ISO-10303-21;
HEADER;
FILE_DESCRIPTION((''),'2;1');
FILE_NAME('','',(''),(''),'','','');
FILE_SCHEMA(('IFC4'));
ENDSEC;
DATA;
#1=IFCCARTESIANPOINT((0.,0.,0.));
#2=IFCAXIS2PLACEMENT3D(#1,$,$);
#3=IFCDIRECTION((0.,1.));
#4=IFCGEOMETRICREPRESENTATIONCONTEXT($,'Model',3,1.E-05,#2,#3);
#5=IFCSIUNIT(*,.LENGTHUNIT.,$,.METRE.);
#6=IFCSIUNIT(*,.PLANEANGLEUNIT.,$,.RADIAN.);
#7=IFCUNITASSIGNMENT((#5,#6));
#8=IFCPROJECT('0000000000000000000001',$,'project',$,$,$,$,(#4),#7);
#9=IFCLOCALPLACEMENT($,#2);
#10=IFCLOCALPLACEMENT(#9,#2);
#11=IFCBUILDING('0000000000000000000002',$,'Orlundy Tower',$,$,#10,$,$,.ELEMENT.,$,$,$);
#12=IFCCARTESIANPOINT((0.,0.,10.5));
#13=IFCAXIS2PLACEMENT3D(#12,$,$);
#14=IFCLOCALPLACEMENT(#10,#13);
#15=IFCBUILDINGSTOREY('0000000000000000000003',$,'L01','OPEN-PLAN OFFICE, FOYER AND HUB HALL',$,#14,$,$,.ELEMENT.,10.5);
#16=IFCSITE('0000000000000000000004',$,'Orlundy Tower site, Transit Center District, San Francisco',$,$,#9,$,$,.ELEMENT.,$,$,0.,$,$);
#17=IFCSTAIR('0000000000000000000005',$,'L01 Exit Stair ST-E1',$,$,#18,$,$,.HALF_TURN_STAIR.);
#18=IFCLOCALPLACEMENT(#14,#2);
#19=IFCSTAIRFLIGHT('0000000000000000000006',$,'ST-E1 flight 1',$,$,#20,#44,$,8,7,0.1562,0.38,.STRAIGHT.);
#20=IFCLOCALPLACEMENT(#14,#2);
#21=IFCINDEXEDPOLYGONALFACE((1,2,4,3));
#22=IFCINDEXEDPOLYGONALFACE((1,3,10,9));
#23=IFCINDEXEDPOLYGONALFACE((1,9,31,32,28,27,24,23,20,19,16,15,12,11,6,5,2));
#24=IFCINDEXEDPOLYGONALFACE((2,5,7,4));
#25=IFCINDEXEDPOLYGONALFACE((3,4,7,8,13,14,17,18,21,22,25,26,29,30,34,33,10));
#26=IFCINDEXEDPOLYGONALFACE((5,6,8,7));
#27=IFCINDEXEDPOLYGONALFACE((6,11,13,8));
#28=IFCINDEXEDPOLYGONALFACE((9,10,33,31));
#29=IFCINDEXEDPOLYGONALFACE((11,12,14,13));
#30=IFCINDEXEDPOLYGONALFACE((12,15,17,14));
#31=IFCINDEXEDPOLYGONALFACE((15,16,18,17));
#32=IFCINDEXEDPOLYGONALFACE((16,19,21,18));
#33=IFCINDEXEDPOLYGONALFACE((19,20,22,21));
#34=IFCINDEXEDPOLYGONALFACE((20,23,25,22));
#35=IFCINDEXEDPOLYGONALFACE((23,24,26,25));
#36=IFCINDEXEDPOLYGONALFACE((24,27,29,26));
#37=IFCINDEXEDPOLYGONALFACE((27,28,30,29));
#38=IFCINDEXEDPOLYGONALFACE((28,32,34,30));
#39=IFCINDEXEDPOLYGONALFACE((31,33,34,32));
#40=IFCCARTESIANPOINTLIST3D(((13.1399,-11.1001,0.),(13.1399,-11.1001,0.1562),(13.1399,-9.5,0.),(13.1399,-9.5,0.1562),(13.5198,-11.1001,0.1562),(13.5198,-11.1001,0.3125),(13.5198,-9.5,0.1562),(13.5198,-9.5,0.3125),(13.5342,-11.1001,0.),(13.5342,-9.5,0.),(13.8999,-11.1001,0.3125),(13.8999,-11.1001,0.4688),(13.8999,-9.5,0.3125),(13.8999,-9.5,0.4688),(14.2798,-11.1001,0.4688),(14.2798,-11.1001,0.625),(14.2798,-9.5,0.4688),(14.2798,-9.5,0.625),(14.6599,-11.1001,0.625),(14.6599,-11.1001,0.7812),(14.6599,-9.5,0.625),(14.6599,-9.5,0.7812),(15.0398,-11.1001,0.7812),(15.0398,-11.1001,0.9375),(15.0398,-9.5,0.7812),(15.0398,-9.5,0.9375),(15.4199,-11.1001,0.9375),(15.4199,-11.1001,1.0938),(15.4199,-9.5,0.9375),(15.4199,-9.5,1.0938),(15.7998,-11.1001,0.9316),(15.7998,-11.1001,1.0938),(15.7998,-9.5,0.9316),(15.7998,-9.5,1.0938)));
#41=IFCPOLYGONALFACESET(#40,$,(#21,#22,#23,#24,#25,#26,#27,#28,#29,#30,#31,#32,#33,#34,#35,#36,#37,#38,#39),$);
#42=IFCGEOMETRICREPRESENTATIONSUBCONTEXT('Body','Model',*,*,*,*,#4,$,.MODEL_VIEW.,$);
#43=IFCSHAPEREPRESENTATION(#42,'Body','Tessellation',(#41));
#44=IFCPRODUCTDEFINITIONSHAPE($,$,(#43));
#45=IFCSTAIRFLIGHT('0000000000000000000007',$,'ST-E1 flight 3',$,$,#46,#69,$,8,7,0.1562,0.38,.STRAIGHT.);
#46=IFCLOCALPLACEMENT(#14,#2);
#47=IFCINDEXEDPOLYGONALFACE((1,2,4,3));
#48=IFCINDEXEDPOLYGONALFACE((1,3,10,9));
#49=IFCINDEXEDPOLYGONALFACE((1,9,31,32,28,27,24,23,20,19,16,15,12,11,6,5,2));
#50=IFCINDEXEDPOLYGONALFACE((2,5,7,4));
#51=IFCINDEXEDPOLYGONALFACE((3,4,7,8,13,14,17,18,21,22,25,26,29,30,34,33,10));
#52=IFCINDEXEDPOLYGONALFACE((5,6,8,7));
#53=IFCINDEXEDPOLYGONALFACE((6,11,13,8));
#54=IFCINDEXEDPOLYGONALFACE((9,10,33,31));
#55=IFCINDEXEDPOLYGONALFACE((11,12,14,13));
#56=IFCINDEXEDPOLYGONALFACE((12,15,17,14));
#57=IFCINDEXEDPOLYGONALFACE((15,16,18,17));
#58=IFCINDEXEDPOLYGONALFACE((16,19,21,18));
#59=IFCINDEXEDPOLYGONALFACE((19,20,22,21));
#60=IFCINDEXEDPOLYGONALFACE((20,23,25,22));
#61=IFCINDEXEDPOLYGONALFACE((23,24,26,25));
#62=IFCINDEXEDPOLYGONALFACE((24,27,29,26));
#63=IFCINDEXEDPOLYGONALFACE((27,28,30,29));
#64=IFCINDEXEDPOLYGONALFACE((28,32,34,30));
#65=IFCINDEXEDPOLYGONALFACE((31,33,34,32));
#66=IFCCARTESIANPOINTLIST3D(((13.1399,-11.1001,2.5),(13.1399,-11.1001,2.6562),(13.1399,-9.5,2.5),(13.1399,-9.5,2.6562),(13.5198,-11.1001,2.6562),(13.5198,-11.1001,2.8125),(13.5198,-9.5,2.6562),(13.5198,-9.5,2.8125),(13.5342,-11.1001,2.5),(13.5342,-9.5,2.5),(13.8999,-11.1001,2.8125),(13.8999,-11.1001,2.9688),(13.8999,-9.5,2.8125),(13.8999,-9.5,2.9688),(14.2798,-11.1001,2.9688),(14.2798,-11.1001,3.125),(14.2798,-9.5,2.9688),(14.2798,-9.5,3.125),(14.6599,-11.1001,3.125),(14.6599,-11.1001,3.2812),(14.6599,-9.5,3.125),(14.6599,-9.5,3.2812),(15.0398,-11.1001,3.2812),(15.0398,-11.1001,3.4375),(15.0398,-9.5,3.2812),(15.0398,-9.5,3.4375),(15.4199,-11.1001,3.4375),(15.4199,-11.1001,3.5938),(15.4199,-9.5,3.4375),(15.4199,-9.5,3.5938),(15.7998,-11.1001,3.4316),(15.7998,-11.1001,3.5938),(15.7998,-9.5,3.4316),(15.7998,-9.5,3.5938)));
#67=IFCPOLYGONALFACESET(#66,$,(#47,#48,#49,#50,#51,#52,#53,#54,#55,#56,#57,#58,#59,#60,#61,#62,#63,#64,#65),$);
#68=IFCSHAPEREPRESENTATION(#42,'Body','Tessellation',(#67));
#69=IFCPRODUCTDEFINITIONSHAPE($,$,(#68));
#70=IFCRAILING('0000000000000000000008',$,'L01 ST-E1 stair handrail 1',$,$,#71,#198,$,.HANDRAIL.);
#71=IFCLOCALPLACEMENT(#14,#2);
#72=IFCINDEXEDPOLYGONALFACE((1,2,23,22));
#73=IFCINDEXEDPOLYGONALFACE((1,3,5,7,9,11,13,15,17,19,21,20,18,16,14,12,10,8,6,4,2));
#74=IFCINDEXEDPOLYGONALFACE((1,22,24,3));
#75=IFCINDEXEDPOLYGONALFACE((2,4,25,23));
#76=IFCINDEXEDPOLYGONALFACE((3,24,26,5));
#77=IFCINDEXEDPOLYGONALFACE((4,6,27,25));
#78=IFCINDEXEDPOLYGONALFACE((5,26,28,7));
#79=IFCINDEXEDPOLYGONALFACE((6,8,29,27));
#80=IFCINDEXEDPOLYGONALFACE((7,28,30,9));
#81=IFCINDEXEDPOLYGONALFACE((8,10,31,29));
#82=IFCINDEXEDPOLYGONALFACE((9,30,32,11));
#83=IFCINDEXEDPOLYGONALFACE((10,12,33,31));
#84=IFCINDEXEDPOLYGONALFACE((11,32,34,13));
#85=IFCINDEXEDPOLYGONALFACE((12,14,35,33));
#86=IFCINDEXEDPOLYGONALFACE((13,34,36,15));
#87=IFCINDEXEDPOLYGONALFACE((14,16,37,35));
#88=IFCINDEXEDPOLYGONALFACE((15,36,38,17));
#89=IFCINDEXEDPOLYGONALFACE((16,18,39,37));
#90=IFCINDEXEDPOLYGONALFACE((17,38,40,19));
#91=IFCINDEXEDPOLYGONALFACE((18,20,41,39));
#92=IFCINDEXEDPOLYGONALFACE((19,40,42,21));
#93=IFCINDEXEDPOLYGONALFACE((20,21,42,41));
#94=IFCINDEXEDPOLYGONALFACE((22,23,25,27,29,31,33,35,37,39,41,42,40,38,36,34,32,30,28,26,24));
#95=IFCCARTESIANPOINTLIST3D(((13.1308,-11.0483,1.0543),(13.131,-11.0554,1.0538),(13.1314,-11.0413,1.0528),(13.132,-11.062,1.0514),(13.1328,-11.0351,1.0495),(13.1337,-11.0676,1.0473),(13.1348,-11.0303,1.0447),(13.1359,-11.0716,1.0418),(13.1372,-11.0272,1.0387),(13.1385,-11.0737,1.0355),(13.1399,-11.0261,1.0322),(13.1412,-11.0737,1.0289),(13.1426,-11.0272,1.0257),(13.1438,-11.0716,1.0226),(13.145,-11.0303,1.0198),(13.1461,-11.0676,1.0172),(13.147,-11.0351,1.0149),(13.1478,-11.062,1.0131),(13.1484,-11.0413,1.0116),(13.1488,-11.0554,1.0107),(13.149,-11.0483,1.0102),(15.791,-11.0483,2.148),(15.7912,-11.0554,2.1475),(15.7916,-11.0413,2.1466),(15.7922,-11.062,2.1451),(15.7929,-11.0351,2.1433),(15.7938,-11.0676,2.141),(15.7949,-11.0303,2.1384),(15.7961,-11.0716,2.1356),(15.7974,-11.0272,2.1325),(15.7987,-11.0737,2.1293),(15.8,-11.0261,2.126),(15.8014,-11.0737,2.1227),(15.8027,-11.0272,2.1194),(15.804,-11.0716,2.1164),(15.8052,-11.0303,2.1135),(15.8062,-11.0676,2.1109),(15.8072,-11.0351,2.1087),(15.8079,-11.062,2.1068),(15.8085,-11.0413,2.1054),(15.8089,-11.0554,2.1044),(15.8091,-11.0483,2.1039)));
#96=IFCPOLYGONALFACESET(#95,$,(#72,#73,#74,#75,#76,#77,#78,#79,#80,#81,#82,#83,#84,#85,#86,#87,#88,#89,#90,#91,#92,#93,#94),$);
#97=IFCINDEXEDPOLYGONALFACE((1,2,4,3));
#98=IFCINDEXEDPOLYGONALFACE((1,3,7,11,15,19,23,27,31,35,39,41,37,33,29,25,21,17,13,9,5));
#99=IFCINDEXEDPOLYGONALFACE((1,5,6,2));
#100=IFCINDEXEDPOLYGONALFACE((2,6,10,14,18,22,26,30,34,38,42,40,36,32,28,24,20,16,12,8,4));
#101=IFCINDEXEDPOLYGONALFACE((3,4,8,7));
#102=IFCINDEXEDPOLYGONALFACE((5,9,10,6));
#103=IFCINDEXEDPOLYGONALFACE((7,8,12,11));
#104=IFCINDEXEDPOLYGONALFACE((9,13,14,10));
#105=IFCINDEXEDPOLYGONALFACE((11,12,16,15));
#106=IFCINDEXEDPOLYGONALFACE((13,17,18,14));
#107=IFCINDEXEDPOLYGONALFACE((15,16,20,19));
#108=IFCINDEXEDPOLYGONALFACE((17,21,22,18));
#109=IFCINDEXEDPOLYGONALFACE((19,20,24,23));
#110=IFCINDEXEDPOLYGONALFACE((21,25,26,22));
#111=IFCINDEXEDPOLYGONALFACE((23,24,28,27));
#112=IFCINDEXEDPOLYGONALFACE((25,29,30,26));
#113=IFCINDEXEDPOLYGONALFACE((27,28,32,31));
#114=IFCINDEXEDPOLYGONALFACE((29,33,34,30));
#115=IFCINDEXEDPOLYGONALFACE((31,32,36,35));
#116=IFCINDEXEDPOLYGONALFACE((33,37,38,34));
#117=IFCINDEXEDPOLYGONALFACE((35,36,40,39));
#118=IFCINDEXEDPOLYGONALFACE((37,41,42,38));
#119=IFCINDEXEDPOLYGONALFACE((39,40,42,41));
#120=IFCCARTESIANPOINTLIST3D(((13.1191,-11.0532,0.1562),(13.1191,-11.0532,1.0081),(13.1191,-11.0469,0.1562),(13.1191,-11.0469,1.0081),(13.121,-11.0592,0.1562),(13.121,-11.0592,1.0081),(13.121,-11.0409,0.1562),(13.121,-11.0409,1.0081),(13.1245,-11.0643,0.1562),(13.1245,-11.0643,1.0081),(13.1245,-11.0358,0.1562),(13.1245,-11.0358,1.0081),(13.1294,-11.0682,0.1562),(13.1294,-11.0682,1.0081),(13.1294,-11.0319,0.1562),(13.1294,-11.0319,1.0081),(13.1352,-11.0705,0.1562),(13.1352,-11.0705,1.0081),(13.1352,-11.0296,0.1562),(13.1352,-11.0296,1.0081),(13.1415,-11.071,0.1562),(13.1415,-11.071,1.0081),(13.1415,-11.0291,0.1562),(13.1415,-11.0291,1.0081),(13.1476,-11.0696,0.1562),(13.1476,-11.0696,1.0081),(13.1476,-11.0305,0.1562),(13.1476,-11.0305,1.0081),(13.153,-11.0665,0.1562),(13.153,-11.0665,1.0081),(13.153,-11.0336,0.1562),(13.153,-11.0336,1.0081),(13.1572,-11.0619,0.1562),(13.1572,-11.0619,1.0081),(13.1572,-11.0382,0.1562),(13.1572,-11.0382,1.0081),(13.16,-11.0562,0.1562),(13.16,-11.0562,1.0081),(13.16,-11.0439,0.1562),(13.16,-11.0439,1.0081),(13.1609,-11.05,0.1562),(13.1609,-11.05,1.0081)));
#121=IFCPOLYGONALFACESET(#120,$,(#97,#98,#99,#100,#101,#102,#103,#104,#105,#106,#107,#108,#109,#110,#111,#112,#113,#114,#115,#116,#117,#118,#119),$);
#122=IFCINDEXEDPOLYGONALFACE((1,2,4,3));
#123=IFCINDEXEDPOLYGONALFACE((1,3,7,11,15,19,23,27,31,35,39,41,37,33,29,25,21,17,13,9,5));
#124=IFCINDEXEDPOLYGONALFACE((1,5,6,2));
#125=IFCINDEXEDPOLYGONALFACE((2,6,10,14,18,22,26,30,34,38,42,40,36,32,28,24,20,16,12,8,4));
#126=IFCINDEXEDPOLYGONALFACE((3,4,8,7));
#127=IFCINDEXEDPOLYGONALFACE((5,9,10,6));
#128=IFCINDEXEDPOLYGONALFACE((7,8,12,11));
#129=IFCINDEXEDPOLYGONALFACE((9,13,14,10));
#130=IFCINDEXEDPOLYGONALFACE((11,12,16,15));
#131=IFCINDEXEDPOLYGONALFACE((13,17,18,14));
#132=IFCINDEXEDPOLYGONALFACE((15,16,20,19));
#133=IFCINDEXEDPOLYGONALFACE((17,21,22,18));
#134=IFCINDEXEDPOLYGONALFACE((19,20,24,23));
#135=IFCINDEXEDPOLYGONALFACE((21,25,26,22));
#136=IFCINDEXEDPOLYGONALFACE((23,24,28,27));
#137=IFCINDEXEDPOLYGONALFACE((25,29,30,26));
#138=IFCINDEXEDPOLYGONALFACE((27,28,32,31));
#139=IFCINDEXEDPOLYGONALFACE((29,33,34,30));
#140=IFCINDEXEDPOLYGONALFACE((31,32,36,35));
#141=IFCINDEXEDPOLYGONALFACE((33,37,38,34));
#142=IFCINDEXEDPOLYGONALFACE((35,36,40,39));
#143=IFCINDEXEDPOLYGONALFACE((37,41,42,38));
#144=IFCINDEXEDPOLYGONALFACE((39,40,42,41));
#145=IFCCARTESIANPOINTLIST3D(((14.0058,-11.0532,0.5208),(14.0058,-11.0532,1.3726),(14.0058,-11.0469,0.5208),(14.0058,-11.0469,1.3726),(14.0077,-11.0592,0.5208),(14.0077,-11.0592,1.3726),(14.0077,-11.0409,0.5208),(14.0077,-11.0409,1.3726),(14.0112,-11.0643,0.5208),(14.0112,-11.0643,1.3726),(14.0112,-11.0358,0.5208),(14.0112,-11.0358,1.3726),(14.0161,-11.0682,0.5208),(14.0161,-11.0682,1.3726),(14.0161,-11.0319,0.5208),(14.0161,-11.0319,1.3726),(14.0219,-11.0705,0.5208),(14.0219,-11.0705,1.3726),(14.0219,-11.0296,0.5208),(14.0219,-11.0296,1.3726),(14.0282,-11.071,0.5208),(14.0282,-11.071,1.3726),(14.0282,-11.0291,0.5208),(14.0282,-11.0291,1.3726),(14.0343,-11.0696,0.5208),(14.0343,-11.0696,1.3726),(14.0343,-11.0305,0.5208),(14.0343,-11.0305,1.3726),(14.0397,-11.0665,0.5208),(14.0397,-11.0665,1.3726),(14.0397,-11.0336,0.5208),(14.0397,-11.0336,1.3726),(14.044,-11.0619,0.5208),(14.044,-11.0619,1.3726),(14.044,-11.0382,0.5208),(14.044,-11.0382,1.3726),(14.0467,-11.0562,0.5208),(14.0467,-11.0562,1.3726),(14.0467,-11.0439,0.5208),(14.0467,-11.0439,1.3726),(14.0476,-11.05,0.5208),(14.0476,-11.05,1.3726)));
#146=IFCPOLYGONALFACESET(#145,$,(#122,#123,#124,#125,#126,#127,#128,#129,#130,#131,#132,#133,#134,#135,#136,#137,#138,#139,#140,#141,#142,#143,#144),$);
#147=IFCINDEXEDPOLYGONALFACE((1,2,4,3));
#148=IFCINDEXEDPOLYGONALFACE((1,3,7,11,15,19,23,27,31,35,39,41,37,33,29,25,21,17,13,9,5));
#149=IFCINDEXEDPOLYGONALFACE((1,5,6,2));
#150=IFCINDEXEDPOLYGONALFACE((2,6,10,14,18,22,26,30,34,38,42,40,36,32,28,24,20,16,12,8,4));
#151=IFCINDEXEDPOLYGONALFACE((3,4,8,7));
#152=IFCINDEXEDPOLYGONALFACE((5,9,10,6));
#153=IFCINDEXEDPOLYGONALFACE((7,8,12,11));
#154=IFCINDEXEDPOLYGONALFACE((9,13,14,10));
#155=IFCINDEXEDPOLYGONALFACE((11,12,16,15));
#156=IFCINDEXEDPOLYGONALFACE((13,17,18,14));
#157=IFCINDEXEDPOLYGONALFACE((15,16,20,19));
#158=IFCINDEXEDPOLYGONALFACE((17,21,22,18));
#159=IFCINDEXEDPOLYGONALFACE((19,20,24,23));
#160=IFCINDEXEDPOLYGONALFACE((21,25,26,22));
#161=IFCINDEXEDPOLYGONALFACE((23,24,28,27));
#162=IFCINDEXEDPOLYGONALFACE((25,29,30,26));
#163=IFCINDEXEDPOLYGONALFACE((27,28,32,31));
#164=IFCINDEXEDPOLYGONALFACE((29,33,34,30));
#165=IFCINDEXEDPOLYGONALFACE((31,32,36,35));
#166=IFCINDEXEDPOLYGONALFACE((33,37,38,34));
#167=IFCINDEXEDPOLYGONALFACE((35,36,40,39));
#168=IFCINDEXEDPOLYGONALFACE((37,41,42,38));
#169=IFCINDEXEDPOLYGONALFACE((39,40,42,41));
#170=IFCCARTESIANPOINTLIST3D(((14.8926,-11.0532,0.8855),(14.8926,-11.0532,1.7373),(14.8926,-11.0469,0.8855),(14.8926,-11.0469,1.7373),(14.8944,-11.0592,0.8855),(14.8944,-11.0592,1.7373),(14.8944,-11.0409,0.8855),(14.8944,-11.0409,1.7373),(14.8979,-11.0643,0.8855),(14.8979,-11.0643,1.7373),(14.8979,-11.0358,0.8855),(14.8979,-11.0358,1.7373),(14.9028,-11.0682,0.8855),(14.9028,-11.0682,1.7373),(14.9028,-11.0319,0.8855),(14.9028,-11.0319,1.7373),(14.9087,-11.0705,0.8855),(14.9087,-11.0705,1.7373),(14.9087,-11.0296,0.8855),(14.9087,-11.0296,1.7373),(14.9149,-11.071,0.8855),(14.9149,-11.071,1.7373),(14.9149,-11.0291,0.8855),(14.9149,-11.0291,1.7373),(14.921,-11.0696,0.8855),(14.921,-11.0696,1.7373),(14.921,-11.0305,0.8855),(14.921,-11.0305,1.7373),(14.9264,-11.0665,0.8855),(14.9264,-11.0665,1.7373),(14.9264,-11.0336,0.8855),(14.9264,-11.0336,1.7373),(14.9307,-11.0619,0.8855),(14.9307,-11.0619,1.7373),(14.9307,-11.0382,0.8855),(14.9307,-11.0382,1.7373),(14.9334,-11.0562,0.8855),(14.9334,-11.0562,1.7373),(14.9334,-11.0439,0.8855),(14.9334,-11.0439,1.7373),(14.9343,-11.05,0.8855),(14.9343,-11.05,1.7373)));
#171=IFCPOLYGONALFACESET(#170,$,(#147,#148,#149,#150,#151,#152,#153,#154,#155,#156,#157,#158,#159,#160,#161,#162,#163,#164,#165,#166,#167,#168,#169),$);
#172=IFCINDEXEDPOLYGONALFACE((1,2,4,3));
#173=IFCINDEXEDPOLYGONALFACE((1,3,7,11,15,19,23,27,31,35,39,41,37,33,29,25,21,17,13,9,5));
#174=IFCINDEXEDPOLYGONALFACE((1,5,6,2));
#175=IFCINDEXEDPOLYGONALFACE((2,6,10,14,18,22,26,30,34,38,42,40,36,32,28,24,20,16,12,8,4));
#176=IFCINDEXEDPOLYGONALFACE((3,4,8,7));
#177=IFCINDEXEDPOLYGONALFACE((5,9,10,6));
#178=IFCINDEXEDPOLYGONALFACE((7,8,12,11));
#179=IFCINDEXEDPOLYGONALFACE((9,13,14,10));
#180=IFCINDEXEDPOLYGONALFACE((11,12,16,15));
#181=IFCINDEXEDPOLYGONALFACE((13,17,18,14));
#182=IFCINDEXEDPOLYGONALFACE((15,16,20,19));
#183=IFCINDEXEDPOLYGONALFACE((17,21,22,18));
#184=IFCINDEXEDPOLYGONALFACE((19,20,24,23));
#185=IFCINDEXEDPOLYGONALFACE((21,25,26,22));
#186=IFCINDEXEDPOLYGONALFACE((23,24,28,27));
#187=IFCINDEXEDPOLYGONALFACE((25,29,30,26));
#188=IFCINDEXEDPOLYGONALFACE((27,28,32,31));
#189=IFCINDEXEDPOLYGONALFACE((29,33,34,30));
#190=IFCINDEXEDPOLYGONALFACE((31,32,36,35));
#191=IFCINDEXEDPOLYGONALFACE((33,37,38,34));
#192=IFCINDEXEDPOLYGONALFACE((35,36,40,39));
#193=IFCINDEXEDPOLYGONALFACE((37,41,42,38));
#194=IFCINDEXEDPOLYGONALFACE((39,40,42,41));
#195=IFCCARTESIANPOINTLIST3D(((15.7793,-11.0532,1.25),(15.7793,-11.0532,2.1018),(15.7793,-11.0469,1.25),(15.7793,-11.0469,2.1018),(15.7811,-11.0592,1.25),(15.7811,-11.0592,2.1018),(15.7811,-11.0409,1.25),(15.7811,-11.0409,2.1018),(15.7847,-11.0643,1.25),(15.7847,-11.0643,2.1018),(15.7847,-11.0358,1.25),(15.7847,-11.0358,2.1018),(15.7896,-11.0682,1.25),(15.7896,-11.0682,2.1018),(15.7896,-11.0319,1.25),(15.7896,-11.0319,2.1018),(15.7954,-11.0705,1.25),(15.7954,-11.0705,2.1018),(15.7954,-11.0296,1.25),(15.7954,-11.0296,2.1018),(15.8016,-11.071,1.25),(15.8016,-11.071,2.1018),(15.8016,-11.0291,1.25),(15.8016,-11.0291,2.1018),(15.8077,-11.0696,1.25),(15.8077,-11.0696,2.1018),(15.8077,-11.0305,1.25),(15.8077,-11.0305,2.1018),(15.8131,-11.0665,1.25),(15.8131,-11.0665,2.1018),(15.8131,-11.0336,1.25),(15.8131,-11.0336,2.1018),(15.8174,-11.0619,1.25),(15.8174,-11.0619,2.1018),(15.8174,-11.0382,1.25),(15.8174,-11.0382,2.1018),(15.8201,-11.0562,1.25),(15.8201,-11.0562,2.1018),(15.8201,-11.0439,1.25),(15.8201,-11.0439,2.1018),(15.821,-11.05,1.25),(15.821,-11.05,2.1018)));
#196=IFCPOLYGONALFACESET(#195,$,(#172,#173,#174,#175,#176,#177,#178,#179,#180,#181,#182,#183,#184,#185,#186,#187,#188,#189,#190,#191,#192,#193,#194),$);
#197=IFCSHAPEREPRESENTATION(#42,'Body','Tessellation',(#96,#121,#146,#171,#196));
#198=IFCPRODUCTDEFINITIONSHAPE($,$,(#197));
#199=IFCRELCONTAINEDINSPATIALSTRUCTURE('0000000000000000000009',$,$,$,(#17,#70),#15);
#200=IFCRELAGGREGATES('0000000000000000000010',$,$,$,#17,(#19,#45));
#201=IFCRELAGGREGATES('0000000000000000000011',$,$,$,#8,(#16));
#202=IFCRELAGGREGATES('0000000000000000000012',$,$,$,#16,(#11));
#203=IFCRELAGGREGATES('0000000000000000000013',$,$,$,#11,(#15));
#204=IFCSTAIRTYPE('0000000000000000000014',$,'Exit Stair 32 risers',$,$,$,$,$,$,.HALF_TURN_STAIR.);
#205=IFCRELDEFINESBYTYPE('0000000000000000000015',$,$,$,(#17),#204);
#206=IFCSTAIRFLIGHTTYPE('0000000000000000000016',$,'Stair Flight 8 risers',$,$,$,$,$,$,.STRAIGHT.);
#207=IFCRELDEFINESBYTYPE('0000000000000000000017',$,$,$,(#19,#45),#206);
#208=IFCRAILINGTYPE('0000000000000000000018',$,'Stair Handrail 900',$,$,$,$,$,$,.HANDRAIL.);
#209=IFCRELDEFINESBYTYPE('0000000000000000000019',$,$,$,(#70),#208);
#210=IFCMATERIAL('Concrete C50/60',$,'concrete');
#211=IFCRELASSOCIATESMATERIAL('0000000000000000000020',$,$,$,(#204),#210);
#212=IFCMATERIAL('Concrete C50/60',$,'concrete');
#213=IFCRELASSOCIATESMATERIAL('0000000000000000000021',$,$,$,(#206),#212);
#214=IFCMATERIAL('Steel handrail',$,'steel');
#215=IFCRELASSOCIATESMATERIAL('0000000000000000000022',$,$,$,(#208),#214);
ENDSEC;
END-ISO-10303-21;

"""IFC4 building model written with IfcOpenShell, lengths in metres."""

from ifc_helpers import new_model, si_unit, direction, frame, origin, origin_2d, place, context, subcontext, project, spatial, polyline, circle, outline, extrude, material, type_object, element, aggregate, save


model = new_model("IFC4")

# Units and contexts
model_context = context("Model", 3, precision=1e-05, world=origin(), true_north=direction((0.0, 1.0)))
body_context = subcontext(model_context, "Body", "Model", "MODEL_VIEW")
ifc_project = project(units=[si_unit("LENGTHUNIT", "METRE"), si_unit("PLANEANGLEUNIT", "RADIAN")], contexts=[model_context])

# Site, building, storey
site_placement = place(None, origin())
site = spatial("IfcSite", under=ifc_project, at=site_placement, Name="Orlundy Tower site, Transit Center District, San Francisco", CompositionType="ELEMENT", RefElevation=0.0)
building_placement = place(site_placement, origin())
building = spatial("IfcBuilding", under=site, at=building_placement, Name="Orlundy Tower", CompositionType="ELEMENT")
storey_placement = place(building_placement, frame((0.0, 0.0, 10.5)))
storey = spatial("IfcBuildingStorey", under=building, at=storey_placement, Name="L01", Description="OPEN-PLAN OFFICE, FOYER AND HUB HALL", CompositionType="ELEMENT", Elevation=10.5)

# Stair
ifc_material_1 = material(Name="Concrete C50/60", Category="concrete")
stair_type = type_object("IfcStairType", Name="Exit Stair 32 risers", PredefinedType="HALF_TURN_STAIR", material=ifc_material_1)
stair_1_placement = place(storey_placement, origin())
stair_1 = element("IfcStair", 1, at=stair_1_placement, inside=storey, type_object=stair_type, Name="L01 Exit Stair ST-E1", PredefinedType="HALF_TURN_STAIR")

# Stair flights
ifc_material_2 = material(Name="Concrete C50/60", Category="concrete")
stair_flight_type = type_object("IfcStairFlightType", Name="Stair Flight 8 risers", PredefinedType="STRAIGHT", material=ifc_material_2)
stair_flight_1_placement = place(storey_placement, frame((13.1399, -10.3, 0.0), z_axis=(0.0, 0.0, 1.0), x_axis=(1.0, 0.0, 0.0)))
stair_flight_1 = element("IfcStairFlight", 2, at=stair_flight_1_placement, type_object=stair_flight_type, Name="ST-E1 flight 1", NumberOfRisers=8, NumberOfTreads=7, PredefinedType="STRAIGHT", RiserHeight=0.1562, TreadLength=0.38, context=body_context, shape_type="SweptSolid", body=[
    extrude(outline(polyline([(0.0, 0.0), (0.0, 0.1562), (0.3799, 0.1562), (0.3799, 0.3125), (0.76, 0.3125), (0.76, 0.4688), (1.1399, 0.4688), (1.1399, 0.625), (1.52, 0.625), (1.52, 0.7812), (1.8999, 0.7812), (1.8999, 0.9375), (2.28, 0.9375), (2.28, 1.0938), (2.6599, 1.0938), (2.6599, 1.25), (2.6599, 0.9316), (0.3943, 0.0), (0.0, 0.0)])), frame((0.0, 0.8, 0.0), z_axis=(0.0, -1.0, 0.0), x_axis=(1.0, 0.0, 0.0)), (0.0, 0.0, 1.0), 1.6001),
])
stair_flight_2_placement = place(storey_placement, frame((13.1399, -10.3, 2.5), z_axis=(0.0, 0.0, 1.0), x_axis=(1.0, 0.0, 0.0)))
stair_flight_2 = element("IfcStairFlight", 3, at=stair_flight_2_placement, type_object=stair_flight_type, Name="ST-E1 flight 3", NumberOfRisers=8, NumberOfTreads=7, PredefinedType="STRAIGHT", RiserHeight=0.1562, TreadLength=0.38, context=body_context, shape_type="SweptSolid", body=[
    extrude(outline(polyline([(0.0, 0.0), (0.0, 0.1562), (0.3799, 0.1562), (0.3799, 0.3125), (0.76, 0.3125), (0.76, 0.4688), (1.1399, 0.4688), (1.1399, 0.625), (1.52, 0.625), (1.52, 0.7812), (1.8999, 0.7812), (1.8999, 0.9375), (2.28, 0.9375), (2.28, 1.0938), (2.6599, 1.0938), (2.6599, 1.25), (2.6599, 0.9316), (0.3943, 0.0), (0.0, 0.0)])), frame((0.0, 0.8, 0.0), z_axis=(0.0, -1.0, 0.0), x_axis=(1.0, 0.0, 0.0)), (0.0, 0.0, 1.0), 1.6001),
])
aggregate(stair_1, [stair_flight_1, stair_flight_2])

# Railing
ifc_material_3 = material(Name="Steel handrail", Category="steel")
railing_type_1 = type_object("IfcRailingType", Name="Stair Handrail 900", PredefinedType="HANDRAIL", material=ifc_material_3)
for number, where, name in (
    (4, (13.1399, -11.05, 0.1562), "L01 ST-E1 stair handrail 1"),
):
    element("IfcRailing", number, at=place(storey_placement, frame(where)), inside=storey, type_object=railing_type_1, Name=name, PredefinedType="HANDRAIL", context=body_context, shape_type="SweptSolid", body=[
        extrude(circle(Radius=0.0239, at=origin_2d()), frame((0.0, 0.0, 0.876), z_axis=(0.924875, 0.0, 0.380272), x_axis=(0.0, 1.0, 0.0)), (0.0, 0.0, 1.0), 2.8762),
        extrude(circle(Radius=0.021, at=origin_2d()), origin(), (0.0, 0.0, 1.0), 0.8518),
        extrude(circle(Radius=0.021, at=origin_2d()), frame((0.8867, 0.0, 0.3645)), (0.0, 0.0, 1.0), 0.8518),
        extrude(circle(Radius=0.021, at=origin_2d()), frame((1.7734, 0.0, 0.7292)), (0.0, 0.0, 1.0), 0.8518),
        extrude(circle(Radius=0.021, at=origin_2d()), frame((2.6602, 0.0, 1.0938)), (0.0, 0.0, 1.0), 0.8518),
    ])

save(model, "model.ifc")
